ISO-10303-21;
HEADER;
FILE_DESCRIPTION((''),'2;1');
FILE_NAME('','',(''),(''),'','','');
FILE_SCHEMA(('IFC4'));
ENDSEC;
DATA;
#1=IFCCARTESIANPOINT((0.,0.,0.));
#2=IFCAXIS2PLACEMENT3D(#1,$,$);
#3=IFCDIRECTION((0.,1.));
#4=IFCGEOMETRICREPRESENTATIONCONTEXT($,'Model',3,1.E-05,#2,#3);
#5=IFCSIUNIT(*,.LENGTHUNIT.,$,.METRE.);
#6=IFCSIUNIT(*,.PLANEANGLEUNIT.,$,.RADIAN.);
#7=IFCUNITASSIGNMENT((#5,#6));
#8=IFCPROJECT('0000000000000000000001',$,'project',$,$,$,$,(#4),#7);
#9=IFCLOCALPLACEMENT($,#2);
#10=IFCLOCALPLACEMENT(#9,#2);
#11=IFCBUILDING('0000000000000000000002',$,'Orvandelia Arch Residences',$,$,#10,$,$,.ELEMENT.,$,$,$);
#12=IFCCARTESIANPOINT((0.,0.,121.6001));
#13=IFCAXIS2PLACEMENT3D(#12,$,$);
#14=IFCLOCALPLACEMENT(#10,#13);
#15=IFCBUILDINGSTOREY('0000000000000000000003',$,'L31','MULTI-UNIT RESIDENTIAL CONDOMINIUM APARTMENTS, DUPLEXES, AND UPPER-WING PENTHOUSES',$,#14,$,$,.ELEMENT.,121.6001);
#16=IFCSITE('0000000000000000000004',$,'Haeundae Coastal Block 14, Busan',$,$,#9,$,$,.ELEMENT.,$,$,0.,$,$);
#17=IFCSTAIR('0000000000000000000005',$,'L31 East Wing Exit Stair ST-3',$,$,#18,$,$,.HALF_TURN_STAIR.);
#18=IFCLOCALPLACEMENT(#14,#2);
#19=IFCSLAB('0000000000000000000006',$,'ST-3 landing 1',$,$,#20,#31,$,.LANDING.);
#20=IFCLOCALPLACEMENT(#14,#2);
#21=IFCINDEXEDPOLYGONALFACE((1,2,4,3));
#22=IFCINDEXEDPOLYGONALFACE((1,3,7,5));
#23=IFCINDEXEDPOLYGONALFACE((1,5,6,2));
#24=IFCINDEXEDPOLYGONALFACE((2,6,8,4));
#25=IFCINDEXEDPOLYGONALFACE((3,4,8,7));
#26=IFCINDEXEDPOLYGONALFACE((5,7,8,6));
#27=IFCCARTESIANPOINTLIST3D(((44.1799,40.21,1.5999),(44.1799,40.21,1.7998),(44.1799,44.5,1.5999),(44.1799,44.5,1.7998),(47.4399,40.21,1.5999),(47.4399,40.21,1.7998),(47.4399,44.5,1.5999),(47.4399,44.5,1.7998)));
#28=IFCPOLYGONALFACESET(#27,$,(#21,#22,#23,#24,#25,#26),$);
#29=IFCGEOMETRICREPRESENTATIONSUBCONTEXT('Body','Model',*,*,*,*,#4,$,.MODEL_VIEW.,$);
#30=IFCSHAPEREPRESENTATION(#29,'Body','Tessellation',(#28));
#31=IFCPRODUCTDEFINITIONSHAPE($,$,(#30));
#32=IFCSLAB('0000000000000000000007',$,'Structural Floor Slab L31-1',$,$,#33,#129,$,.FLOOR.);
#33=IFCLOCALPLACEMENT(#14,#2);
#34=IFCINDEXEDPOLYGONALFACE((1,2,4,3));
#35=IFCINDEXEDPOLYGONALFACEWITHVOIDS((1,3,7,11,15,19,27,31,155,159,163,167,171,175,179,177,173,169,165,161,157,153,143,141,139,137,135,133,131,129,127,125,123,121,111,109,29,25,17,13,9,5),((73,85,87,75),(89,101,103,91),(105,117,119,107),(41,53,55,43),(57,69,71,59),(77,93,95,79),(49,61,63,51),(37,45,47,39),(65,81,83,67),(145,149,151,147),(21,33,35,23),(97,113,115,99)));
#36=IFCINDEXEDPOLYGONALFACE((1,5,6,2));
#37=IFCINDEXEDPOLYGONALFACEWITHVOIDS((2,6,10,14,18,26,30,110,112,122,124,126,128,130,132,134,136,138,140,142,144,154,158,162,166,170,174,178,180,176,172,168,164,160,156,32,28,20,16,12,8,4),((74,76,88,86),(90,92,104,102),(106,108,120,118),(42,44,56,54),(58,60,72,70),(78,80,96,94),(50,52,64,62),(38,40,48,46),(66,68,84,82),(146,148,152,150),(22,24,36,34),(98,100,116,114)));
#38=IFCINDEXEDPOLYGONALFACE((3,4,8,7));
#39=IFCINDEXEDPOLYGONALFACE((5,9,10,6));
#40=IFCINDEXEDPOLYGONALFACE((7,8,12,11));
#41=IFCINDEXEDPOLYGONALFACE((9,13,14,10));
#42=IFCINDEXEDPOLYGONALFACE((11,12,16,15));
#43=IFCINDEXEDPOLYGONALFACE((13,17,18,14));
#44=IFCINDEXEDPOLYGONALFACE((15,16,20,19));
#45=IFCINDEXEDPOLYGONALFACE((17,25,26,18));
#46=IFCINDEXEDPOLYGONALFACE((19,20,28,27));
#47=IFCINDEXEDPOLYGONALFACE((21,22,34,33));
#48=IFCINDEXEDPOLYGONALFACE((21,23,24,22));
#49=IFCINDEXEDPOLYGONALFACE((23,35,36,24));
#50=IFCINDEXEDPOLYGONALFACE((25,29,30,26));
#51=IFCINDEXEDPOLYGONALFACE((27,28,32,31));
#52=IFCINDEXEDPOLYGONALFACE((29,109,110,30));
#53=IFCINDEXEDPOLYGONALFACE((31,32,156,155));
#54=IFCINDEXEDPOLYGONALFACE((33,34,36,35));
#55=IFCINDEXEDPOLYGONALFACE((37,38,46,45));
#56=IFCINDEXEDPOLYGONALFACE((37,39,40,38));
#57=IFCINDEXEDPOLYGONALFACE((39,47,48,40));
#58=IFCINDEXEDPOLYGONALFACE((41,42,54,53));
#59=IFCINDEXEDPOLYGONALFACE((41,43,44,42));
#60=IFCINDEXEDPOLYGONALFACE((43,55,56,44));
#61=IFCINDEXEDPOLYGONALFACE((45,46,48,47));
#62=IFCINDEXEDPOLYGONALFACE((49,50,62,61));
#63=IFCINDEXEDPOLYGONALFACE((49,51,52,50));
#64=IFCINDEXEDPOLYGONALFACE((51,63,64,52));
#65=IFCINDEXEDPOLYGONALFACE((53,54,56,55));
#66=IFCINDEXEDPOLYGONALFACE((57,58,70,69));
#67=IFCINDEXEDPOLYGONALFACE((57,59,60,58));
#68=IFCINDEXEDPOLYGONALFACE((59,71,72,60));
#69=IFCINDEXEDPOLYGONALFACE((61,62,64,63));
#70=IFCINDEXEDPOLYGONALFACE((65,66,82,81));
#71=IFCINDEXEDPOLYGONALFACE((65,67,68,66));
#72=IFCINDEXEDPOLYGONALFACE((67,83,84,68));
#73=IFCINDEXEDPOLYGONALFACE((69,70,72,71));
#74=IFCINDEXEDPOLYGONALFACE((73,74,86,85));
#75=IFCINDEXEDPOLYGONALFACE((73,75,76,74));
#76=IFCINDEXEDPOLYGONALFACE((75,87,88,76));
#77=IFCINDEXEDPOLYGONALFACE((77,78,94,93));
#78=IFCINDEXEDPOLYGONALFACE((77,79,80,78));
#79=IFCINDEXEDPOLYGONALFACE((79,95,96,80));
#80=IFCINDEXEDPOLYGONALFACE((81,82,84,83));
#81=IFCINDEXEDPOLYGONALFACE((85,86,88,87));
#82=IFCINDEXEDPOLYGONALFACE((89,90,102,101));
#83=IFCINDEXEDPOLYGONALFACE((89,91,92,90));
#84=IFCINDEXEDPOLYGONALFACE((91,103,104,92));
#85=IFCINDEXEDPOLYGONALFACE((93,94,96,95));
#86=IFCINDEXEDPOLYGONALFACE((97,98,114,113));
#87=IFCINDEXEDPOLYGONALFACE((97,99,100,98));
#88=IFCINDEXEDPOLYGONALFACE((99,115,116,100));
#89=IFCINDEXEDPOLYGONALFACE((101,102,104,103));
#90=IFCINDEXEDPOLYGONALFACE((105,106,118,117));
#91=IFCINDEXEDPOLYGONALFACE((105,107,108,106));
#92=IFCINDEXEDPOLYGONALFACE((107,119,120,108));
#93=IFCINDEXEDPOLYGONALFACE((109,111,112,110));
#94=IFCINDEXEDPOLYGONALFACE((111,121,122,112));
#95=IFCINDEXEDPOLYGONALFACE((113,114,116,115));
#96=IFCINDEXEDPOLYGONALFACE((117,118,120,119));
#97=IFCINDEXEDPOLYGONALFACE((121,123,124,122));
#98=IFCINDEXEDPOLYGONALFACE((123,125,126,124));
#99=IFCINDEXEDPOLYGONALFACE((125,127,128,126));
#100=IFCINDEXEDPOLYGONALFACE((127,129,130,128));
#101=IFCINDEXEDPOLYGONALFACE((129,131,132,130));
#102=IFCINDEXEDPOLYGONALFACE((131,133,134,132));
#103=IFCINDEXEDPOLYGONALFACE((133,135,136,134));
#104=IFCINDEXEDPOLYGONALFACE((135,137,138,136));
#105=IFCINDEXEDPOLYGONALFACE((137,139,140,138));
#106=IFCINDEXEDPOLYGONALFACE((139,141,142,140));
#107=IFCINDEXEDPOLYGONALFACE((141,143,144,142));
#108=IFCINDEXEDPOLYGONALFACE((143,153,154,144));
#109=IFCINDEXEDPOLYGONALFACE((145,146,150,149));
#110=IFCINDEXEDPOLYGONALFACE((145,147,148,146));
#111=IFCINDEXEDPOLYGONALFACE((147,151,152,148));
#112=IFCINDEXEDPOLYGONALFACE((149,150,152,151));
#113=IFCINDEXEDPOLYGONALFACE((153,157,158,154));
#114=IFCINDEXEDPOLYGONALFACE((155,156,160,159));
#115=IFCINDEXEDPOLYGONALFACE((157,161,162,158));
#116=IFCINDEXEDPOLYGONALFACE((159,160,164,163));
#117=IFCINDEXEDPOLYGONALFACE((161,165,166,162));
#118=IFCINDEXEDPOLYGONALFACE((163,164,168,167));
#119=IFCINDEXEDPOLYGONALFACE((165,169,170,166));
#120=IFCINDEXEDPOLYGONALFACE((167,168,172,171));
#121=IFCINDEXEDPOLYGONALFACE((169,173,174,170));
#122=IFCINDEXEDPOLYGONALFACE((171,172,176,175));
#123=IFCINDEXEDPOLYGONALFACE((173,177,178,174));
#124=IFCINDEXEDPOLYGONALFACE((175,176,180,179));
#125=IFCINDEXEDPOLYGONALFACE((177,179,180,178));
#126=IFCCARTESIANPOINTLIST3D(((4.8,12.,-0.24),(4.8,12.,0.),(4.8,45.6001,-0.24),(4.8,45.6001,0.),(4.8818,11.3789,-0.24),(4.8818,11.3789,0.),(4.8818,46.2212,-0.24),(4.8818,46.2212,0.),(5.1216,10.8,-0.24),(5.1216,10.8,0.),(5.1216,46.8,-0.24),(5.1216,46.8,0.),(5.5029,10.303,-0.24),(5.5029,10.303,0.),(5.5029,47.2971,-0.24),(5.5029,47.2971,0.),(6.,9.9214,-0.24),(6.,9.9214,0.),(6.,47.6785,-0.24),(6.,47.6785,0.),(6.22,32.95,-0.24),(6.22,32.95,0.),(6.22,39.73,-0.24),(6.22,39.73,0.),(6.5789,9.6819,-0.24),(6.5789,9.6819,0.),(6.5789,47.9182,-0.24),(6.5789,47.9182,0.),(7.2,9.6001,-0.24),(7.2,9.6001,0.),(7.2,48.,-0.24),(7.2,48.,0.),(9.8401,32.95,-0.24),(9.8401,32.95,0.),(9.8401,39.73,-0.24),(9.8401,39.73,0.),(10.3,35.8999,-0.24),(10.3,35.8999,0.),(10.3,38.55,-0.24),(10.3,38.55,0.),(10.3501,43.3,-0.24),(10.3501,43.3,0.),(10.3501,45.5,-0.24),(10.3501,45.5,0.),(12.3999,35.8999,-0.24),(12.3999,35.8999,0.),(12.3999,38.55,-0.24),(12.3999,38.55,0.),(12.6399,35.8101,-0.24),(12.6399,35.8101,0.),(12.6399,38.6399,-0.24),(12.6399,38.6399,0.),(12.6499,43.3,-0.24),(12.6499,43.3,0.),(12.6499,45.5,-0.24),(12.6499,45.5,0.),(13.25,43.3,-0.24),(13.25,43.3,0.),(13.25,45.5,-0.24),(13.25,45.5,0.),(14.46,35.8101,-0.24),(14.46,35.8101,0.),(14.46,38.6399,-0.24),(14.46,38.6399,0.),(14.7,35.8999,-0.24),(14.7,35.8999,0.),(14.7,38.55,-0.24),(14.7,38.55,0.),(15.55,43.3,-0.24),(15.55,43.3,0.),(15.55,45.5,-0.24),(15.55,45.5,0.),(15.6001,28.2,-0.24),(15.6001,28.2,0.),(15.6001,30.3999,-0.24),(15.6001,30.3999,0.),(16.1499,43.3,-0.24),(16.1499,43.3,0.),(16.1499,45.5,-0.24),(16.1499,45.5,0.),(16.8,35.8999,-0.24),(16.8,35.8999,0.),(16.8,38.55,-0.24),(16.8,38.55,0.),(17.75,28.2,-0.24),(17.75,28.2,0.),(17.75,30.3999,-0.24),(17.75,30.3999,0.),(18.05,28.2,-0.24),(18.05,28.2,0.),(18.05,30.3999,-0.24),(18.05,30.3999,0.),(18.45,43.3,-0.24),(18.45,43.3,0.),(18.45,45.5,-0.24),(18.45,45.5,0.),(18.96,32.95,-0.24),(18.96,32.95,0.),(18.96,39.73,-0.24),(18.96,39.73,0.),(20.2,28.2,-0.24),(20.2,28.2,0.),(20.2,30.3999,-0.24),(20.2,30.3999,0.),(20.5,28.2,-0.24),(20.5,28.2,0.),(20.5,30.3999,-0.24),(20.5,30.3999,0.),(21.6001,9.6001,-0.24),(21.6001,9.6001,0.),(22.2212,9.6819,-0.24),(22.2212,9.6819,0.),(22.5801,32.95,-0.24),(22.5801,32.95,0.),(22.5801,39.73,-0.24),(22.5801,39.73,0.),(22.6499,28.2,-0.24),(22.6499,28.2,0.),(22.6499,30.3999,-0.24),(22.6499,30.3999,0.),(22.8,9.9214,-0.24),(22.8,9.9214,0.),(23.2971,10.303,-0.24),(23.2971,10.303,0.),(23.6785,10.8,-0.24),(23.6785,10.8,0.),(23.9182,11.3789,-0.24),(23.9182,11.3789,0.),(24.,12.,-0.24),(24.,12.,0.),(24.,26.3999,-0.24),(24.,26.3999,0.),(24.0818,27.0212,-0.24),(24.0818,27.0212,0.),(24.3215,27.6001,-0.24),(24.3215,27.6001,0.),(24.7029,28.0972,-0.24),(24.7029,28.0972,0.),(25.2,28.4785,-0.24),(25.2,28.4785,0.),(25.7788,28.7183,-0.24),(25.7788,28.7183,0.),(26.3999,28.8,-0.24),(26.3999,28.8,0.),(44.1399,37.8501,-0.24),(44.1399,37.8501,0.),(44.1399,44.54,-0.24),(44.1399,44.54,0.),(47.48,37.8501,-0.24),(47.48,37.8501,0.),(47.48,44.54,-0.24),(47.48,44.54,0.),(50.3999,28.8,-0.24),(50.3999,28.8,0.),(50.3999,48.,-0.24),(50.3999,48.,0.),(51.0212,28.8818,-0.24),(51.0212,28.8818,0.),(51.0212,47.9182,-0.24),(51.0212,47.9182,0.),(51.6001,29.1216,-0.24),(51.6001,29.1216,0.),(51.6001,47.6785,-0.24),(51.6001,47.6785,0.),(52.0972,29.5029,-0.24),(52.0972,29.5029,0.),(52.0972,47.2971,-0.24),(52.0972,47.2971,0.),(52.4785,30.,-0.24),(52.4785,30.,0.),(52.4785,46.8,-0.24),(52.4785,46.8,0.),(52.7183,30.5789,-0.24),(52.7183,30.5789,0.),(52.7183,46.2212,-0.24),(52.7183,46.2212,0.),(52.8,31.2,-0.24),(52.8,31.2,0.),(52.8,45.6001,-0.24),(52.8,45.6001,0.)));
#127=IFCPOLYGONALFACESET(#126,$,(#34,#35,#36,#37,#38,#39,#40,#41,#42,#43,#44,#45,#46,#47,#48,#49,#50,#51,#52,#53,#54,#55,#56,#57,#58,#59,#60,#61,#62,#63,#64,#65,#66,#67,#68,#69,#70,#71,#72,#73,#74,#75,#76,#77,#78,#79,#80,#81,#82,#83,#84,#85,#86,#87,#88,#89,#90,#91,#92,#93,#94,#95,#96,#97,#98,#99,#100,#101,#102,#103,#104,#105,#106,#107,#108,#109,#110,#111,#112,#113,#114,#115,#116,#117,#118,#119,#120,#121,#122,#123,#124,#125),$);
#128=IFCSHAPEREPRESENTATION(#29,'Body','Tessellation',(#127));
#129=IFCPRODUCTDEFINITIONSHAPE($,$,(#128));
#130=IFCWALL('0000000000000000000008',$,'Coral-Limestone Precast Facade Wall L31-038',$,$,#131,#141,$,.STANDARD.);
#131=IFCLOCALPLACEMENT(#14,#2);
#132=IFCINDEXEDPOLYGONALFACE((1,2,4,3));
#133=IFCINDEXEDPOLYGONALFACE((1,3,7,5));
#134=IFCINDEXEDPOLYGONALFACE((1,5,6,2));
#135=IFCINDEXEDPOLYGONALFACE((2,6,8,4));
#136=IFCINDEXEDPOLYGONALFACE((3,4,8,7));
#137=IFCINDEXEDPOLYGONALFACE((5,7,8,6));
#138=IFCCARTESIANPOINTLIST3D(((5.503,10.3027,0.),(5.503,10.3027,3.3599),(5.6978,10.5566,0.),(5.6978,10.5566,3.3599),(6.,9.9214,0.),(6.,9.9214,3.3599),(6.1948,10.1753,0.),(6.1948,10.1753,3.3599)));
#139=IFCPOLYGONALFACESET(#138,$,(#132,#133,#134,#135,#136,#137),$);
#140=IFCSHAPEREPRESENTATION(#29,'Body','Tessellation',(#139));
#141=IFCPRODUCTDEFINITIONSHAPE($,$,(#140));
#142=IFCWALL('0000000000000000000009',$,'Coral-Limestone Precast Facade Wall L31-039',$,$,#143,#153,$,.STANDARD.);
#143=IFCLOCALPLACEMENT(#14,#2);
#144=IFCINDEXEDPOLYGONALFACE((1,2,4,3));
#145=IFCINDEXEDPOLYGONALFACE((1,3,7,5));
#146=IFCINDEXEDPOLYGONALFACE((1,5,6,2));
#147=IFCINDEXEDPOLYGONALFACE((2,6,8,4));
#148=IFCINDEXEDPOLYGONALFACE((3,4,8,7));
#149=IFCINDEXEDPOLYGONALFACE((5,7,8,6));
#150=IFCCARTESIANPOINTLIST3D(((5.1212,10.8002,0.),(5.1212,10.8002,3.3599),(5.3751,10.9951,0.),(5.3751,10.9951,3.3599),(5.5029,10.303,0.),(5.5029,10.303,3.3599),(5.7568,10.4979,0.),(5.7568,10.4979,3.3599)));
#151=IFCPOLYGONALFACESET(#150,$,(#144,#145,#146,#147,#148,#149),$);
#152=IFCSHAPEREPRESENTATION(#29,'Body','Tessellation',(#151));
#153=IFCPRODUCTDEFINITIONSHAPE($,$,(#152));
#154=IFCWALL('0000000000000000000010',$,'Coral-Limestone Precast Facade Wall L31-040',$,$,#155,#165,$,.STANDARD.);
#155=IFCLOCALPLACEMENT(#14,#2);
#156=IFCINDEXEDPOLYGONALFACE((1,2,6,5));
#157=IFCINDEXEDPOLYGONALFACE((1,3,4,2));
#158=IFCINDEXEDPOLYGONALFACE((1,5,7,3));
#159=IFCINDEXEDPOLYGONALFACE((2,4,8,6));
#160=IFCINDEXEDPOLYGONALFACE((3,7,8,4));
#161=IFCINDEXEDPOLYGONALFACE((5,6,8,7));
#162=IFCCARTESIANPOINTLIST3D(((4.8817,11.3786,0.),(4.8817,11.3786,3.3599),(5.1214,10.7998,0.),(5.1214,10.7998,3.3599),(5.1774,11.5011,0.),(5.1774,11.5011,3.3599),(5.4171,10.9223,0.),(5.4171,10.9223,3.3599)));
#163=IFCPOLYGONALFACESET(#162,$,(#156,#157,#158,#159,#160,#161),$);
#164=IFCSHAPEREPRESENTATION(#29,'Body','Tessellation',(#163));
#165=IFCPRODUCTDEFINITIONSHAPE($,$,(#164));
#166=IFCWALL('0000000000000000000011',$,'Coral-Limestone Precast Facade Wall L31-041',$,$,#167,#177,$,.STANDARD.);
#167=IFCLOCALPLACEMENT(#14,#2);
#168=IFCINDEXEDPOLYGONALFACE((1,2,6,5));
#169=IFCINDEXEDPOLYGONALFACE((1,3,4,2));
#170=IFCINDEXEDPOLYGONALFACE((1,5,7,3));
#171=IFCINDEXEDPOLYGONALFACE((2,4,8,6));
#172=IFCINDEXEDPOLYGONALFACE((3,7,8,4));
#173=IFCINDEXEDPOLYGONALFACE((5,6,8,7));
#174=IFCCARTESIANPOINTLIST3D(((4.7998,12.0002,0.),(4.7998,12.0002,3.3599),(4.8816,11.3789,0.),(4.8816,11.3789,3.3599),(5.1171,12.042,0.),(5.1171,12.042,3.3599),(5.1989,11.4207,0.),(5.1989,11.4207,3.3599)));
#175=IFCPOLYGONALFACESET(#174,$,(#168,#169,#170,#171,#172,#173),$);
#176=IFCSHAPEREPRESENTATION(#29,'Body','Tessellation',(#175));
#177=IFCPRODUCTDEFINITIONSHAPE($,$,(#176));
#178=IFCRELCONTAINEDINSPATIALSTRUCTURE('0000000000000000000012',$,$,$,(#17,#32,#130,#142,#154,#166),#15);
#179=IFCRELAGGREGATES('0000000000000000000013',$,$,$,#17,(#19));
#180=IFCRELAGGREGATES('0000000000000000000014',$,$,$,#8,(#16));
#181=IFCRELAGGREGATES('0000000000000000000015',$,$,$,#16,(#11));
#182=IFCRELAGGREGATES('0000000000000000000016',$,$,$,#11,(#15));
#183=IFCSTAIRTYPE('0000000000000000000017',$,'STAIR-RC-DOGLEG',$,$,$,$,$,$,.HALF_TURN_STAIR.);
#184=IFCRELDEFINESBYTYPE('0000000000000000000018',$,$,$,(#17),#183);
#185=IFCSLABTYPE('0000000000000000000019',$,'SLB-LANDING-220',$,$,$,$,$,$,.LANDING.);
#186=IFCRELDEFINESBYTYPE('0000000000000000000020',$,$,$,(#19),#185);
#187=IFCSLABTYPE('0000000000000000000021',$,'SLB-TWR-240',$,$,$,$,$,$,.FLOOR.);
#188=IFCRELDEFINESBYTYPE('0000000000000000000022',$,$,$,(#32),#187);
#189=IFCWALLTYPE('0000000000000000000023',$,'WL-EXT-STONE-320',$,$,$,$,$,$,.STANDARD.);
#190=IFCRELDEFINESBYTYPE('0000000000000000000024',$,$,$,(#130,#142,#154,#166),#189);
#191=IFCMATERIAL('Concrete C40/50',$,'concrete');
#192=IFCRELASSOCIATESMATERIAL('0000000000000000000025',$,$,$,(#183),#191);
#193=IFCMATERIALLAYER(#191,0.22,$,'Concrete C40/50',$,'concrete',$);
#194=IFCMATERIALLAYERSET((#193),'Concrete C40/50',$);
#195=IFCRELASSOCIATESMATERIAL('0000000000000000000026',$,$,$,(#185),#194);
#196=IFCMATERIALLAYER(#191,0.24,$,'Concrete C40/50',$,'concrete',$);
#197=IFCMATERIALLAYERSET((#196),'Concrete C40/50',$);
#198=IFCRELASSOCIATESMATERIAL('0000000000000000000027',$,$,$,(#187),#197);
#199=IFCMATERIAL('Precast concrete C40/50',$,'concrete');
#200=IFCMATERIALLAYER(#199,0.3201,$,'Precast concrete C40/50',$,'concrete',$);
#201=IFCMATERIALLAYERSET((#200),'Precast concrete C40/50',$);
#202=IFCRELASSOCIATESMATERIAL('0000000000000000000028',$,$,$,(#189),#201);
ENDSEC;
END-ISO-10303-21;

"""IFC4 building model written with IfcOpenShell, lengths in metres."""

from ifc_helpers import new_model, si_unit, direction, frame, frame_2d, origin, place, context, subcontext, project, spatial, polyline, rectangle, outline, extrude, material, layer, layer_set, type_object, element, aggregate, save


model = new_model("IFC4")

# Units and contexts
model_context = context("Model", 3, precision=1e-05, world=origin(), true_north=direction((0.0, 1.0)))
body_context = subcontext(model_context, "Body", "Model", "MODEL_VIEW")
ifc_project = project(units=[si_unit("LENGTHUNIT", "METRE"), si_unit("PLANEANGLEUNIT", "RADIAN")], contexts=[model_context])

# Site, building, storey
site_placement = place(None, origin())
site = spatial("IfcSite", under=ifc_project, at=site_placement, Name="Haeundae Coastal Block 14, Busan", CompositionType="ELEMENT", RefElevation=0.0)
building_placement = place(site_placement, origin())
building = spatial("IfcBuilding", under=site, at=building_placement, Name="Orvandelia Arch Residences", CompositionType="ELEMENT")
storey_placement = place(building_placement, frame((0.0, 0.0, 121.6001)))
storey = spatial("IfcBuildingStorey", under=building, at=storey_placement, Name="L31", Description="MULTI-UNIT RESIDENTIAL CONDOMINIUM APARTMENTS, DUPLEXES, AND UPPER-WING PENTHOUSES", CompositionType="ELEMENT", Elevation=121.6001)

# Shared definitions
ifc_material_1 = material(Name="Precast concrete C40/50", Category="concrete")

# Stair, slab
ifc_material_2 = material(Name="Concrete C40/50", Category="concrete")
stair_type = type_object("IfcStairType", Name="STAIR-RC-DOGLEG", PredefinedType="HALF_TURN_STAIR", material=ifc_material_2)
ifc_layer_1 = layer(ifc_material_2, 0.22, Name="Concrete C40/50", Category="concrete")
ifc_layer_set_1 = layer_set([ifc_layer_1], Name="Concrete C40/50")
slab_type_1 = type_object("IfcSlabType", Name="SLB-LANDING-220", PredefinedType="LANDING", material=ifc_layer_set_1)
stair_1_placement = place(storey_placement, origin())
stair_1 = element("IfcStair", 1, at=stair_1_placement, inside=storey, type_object=stair_type, Name="L31 East Wing Exit Stair ST-3", PredefinedType="HALF_TURN_STAIR")
slab_1_placement = place(storey_placement, frame((0.0, 0.0, 1.5999)))
slab_1 = element("IfcSlab", 2, at=slab_1_placement, type_object=slab_type_1, Name="ST-3 landing 1", PredefinedType="LANDING", context=body_context, shape_type="SweptSolid", body=[
    extrude(outline(polyline([(47.4399, 40.21), (47.4399, 44.5), (44.1799, 44.5), (44.1799, 40.21), (47.4399, 40.21)])), origin(), (0.0, 0.0, 1.0), 0.2),
])
aggregate(stair_1, [slab_1])

# Slab
ifc_layer_2 = layer(ifc_material_2, 0.24, Name="Concrete C40/50", Category="concrete")
ifc_layer_set_2 = layer_set([ifc_layer_2], Name="Concrete C40/50")
slab_type_2 = type_object("IfcSlabType", Name="SLB-TWR-240", PredefinedType="FLOOR", material=ifc_layer_set_2)
slab_2_placement = place(storey_placement, frame((0.0, 0.0, -0.24)))
element("IfcSlab", 3, at=slab_2_placement, inside=storey, type_object=slab_type_2, Name="Structural Floor Slab L31-1", PredefinedType="FLOOR", context=body_context, shape_type="SweptSolid", body=[
    extrude(outline(polyline([(4.8, 12.0), (4.8818, 11.3789), (5.1216, 10.8), (5.5029, 10.303), (6.0, 9.9214), (6.5789, 9.6819), (7.2, 9.6001), (21.6001, 9.6001), (22.2212, 9.6819), (22.8, 9.9214), (23.2971, 10.303), (23.6785, 10.8), (23.9182, 11.3789), (24.0, 12.0), (24.0, 26.3999), (24.0818, 27.0212), (24.3215, 27.6001), (24.7029, 28.0972), (25.2, 28.4785), (25.7788, 28.7183), (26.3999, 28.8), (50.3999, 28.8), (51.0212, 28.8818), (51.6001, 29.1216), (52.0972, 29.5029), (52.4785, 30.0), (52.7183, 30.5789), (52.8, 31.2), (52.8, 45.6001), (52.7183, 46.2212), (52.4785, 46.8), (52.0972, 47.2971), (51.6001, 47.6785), (51.0212, 47.9182), (50.3999, 48.0), (7.2, 48.0), (6.5789, 47.9182), (6.0, 47.6785), (5.5029, 47.2971), (5.1216, 46.8), (4.8818, 46.2212), (4.8, 45.6001), (4.8, 12.0)]), holes=[polyline([(6.22, 32.95), (9.8401, 32.95), (9.8401, 39.73), (6.22, 39.73), (6.22, 32.95)]), polyline([(18.96, 32.95), (22.5801, 32.95), (22.5801, 39.73), (18.96, 39.73), (18.96, 32.95)]), polyline([(44.1399, 37.8501), (47.48, 37.8501), (47.48, 44.54), (44.1399, 44.54), (44.1399, 37.8501)]), polyline([(12.6399, 35.8101), (14.46, 35.8101), (14.46, 38.6399), (12.6399, 38.6399), (12.6399, 35.8101)]), polyline([(10.3, 35.8999), (12.3999, 35.8999), (12.3999, 38.55), (10.3, 38.55), (10.3, 35.8999)]), polyline([(14.7, 35.8999), (16.8, 35.8999), (16.8, 38.55), (14.7, 38.55), (14.7, 35.8999)]), polyline([(10.3501, 43.3), (12.6499, 43.3), (12.6499, 45.5), (10.3501, 45.5), (10.3501, 43.3)]), polyline([(13.25, 43.3), (15.55, 43.3), (15.55, 45.5), (13.25, 45.5), (13.25, 43.3)]), polyline([(16.1499, 43.3), (18.45, 43.3), (18.45, 45.5), (16.1499, 45.5), (16.1499, 43.3)]), polyline([(15.6001, 28.2), (17.75, 28.2), (17.75, 30.3999), (15.6001, 30.3999), (15.6001, 28.2)]), polyline([(18.05, 28.2), (20.2, 28.2), (20.2, 30.3999), (18.05, 30.3999), (18.05, 28.2)]), polyline([(20.5, 28.2), (22.6499, 28.2), (22.6499, 30.3999), (20.5, 30.3999), (20.5, 28.2)])]), origin(), (0.0, 0.0, 1.0), 0.24),
])

# Walls
ifc_layer_3 = layer(ifc_material_1, 0.3201, Name="Precast concrete C40/50", Category="concrete")
ifc_layer_set_3 = layer_set([ifc_layer_3], Name="Precast concrete C40/50")
wall_type_1 = type_object("IfcWallType", Name="WL-EXT-STONE-320", PredefinedType="STANDARD", material=ifc_layer_set_3)
wall_1_placement = place(storey_placement, frame((6.0974, 10.0483, 0.0), z_axis=(0.0, 0.0, 1.0), x_axis=(-0.793406, 0.608693, 0.0)))
element("IfcWall", 4, at=wall_1_placement, inside=storey, type_object=wall_type_1, Name="Coral-Limestone Precast Facade Wall L31-038", PredefinedType="STANDARD", context=body_context, shape_type="SweptSolid", body=[
    extrude(rectangle(XDim=0.6265, YDim=0.3201, at=frame_2d((0.3132, 0.0))), origin(), (0.0, 0.0, 1.0), 3.3599),
])
wall_2_placement = place(storey_placement, frame((5.6299, 10.4004, 0.0), z_axis=(0.0, 0.0, 1.0), x_axis=(-0.608939, 0.793217, 0.0)))
element("IfcWall", 5, at=wall_2_placement, inside=storey, type_object=wall_type_1, Name="Coral-Limestone Precast Facade Wall L31-039", PredefinedType="STANDARD", context=body_context, shape_type="SweptSolid", body=[
    extrude(rectangle(XDim=0.6267, YDim=0.3201, at=frame_2d((0.3135, 0.0))), origin(), (0.0, 0.0, 1.0), 3.3599),
])
wall_3_placement = place(storey_placement, frame((5.2693, 10.8611, 0.0), z_axis=(0.0, 0.0, 1.0), x_axis=(-0.38265, 0.923893, 0.0)))
element("IfcWall", 6, at=wall_3_placement, inside=storey, type_object=wall_type_1, Name="Coral-Limestone Precast Facade Wall L31-040", PredefinedType="STANDARD", context=body_context, shape_type="SweptSolid", body=[
    extrude(rectangle(XDim=0.6265, YDim=0.3201, at=frame_2d((0.3132, 0.0))), origin(), (0.0, 0.0, 1.0), 3.3599),
])
wall_4_placement = place(storey_placement, frame((5.0403, 11.3997, 0.0), z_axis=(0.0, 0.0, 1.0), x_axis=(-0.130505, 0.991448, 0.0)))
element("IfcWall", 7, at=wall_4_placement, inside=storey, type_object=wall_type_1, Name="Coral-Limestone Precast Facade Wall L31-041", PredefinedType="STANDARD", context=body_context, shape_type="SweptSolid", body=[
    extrude(rectangle(XDim=0.6267, YDim=0.3201, at=frame_2d((0.3135, 0.0))), origin(), (0.0, 0.0, 1.0), 3.3599),
])

save(model, "model.ifc")
